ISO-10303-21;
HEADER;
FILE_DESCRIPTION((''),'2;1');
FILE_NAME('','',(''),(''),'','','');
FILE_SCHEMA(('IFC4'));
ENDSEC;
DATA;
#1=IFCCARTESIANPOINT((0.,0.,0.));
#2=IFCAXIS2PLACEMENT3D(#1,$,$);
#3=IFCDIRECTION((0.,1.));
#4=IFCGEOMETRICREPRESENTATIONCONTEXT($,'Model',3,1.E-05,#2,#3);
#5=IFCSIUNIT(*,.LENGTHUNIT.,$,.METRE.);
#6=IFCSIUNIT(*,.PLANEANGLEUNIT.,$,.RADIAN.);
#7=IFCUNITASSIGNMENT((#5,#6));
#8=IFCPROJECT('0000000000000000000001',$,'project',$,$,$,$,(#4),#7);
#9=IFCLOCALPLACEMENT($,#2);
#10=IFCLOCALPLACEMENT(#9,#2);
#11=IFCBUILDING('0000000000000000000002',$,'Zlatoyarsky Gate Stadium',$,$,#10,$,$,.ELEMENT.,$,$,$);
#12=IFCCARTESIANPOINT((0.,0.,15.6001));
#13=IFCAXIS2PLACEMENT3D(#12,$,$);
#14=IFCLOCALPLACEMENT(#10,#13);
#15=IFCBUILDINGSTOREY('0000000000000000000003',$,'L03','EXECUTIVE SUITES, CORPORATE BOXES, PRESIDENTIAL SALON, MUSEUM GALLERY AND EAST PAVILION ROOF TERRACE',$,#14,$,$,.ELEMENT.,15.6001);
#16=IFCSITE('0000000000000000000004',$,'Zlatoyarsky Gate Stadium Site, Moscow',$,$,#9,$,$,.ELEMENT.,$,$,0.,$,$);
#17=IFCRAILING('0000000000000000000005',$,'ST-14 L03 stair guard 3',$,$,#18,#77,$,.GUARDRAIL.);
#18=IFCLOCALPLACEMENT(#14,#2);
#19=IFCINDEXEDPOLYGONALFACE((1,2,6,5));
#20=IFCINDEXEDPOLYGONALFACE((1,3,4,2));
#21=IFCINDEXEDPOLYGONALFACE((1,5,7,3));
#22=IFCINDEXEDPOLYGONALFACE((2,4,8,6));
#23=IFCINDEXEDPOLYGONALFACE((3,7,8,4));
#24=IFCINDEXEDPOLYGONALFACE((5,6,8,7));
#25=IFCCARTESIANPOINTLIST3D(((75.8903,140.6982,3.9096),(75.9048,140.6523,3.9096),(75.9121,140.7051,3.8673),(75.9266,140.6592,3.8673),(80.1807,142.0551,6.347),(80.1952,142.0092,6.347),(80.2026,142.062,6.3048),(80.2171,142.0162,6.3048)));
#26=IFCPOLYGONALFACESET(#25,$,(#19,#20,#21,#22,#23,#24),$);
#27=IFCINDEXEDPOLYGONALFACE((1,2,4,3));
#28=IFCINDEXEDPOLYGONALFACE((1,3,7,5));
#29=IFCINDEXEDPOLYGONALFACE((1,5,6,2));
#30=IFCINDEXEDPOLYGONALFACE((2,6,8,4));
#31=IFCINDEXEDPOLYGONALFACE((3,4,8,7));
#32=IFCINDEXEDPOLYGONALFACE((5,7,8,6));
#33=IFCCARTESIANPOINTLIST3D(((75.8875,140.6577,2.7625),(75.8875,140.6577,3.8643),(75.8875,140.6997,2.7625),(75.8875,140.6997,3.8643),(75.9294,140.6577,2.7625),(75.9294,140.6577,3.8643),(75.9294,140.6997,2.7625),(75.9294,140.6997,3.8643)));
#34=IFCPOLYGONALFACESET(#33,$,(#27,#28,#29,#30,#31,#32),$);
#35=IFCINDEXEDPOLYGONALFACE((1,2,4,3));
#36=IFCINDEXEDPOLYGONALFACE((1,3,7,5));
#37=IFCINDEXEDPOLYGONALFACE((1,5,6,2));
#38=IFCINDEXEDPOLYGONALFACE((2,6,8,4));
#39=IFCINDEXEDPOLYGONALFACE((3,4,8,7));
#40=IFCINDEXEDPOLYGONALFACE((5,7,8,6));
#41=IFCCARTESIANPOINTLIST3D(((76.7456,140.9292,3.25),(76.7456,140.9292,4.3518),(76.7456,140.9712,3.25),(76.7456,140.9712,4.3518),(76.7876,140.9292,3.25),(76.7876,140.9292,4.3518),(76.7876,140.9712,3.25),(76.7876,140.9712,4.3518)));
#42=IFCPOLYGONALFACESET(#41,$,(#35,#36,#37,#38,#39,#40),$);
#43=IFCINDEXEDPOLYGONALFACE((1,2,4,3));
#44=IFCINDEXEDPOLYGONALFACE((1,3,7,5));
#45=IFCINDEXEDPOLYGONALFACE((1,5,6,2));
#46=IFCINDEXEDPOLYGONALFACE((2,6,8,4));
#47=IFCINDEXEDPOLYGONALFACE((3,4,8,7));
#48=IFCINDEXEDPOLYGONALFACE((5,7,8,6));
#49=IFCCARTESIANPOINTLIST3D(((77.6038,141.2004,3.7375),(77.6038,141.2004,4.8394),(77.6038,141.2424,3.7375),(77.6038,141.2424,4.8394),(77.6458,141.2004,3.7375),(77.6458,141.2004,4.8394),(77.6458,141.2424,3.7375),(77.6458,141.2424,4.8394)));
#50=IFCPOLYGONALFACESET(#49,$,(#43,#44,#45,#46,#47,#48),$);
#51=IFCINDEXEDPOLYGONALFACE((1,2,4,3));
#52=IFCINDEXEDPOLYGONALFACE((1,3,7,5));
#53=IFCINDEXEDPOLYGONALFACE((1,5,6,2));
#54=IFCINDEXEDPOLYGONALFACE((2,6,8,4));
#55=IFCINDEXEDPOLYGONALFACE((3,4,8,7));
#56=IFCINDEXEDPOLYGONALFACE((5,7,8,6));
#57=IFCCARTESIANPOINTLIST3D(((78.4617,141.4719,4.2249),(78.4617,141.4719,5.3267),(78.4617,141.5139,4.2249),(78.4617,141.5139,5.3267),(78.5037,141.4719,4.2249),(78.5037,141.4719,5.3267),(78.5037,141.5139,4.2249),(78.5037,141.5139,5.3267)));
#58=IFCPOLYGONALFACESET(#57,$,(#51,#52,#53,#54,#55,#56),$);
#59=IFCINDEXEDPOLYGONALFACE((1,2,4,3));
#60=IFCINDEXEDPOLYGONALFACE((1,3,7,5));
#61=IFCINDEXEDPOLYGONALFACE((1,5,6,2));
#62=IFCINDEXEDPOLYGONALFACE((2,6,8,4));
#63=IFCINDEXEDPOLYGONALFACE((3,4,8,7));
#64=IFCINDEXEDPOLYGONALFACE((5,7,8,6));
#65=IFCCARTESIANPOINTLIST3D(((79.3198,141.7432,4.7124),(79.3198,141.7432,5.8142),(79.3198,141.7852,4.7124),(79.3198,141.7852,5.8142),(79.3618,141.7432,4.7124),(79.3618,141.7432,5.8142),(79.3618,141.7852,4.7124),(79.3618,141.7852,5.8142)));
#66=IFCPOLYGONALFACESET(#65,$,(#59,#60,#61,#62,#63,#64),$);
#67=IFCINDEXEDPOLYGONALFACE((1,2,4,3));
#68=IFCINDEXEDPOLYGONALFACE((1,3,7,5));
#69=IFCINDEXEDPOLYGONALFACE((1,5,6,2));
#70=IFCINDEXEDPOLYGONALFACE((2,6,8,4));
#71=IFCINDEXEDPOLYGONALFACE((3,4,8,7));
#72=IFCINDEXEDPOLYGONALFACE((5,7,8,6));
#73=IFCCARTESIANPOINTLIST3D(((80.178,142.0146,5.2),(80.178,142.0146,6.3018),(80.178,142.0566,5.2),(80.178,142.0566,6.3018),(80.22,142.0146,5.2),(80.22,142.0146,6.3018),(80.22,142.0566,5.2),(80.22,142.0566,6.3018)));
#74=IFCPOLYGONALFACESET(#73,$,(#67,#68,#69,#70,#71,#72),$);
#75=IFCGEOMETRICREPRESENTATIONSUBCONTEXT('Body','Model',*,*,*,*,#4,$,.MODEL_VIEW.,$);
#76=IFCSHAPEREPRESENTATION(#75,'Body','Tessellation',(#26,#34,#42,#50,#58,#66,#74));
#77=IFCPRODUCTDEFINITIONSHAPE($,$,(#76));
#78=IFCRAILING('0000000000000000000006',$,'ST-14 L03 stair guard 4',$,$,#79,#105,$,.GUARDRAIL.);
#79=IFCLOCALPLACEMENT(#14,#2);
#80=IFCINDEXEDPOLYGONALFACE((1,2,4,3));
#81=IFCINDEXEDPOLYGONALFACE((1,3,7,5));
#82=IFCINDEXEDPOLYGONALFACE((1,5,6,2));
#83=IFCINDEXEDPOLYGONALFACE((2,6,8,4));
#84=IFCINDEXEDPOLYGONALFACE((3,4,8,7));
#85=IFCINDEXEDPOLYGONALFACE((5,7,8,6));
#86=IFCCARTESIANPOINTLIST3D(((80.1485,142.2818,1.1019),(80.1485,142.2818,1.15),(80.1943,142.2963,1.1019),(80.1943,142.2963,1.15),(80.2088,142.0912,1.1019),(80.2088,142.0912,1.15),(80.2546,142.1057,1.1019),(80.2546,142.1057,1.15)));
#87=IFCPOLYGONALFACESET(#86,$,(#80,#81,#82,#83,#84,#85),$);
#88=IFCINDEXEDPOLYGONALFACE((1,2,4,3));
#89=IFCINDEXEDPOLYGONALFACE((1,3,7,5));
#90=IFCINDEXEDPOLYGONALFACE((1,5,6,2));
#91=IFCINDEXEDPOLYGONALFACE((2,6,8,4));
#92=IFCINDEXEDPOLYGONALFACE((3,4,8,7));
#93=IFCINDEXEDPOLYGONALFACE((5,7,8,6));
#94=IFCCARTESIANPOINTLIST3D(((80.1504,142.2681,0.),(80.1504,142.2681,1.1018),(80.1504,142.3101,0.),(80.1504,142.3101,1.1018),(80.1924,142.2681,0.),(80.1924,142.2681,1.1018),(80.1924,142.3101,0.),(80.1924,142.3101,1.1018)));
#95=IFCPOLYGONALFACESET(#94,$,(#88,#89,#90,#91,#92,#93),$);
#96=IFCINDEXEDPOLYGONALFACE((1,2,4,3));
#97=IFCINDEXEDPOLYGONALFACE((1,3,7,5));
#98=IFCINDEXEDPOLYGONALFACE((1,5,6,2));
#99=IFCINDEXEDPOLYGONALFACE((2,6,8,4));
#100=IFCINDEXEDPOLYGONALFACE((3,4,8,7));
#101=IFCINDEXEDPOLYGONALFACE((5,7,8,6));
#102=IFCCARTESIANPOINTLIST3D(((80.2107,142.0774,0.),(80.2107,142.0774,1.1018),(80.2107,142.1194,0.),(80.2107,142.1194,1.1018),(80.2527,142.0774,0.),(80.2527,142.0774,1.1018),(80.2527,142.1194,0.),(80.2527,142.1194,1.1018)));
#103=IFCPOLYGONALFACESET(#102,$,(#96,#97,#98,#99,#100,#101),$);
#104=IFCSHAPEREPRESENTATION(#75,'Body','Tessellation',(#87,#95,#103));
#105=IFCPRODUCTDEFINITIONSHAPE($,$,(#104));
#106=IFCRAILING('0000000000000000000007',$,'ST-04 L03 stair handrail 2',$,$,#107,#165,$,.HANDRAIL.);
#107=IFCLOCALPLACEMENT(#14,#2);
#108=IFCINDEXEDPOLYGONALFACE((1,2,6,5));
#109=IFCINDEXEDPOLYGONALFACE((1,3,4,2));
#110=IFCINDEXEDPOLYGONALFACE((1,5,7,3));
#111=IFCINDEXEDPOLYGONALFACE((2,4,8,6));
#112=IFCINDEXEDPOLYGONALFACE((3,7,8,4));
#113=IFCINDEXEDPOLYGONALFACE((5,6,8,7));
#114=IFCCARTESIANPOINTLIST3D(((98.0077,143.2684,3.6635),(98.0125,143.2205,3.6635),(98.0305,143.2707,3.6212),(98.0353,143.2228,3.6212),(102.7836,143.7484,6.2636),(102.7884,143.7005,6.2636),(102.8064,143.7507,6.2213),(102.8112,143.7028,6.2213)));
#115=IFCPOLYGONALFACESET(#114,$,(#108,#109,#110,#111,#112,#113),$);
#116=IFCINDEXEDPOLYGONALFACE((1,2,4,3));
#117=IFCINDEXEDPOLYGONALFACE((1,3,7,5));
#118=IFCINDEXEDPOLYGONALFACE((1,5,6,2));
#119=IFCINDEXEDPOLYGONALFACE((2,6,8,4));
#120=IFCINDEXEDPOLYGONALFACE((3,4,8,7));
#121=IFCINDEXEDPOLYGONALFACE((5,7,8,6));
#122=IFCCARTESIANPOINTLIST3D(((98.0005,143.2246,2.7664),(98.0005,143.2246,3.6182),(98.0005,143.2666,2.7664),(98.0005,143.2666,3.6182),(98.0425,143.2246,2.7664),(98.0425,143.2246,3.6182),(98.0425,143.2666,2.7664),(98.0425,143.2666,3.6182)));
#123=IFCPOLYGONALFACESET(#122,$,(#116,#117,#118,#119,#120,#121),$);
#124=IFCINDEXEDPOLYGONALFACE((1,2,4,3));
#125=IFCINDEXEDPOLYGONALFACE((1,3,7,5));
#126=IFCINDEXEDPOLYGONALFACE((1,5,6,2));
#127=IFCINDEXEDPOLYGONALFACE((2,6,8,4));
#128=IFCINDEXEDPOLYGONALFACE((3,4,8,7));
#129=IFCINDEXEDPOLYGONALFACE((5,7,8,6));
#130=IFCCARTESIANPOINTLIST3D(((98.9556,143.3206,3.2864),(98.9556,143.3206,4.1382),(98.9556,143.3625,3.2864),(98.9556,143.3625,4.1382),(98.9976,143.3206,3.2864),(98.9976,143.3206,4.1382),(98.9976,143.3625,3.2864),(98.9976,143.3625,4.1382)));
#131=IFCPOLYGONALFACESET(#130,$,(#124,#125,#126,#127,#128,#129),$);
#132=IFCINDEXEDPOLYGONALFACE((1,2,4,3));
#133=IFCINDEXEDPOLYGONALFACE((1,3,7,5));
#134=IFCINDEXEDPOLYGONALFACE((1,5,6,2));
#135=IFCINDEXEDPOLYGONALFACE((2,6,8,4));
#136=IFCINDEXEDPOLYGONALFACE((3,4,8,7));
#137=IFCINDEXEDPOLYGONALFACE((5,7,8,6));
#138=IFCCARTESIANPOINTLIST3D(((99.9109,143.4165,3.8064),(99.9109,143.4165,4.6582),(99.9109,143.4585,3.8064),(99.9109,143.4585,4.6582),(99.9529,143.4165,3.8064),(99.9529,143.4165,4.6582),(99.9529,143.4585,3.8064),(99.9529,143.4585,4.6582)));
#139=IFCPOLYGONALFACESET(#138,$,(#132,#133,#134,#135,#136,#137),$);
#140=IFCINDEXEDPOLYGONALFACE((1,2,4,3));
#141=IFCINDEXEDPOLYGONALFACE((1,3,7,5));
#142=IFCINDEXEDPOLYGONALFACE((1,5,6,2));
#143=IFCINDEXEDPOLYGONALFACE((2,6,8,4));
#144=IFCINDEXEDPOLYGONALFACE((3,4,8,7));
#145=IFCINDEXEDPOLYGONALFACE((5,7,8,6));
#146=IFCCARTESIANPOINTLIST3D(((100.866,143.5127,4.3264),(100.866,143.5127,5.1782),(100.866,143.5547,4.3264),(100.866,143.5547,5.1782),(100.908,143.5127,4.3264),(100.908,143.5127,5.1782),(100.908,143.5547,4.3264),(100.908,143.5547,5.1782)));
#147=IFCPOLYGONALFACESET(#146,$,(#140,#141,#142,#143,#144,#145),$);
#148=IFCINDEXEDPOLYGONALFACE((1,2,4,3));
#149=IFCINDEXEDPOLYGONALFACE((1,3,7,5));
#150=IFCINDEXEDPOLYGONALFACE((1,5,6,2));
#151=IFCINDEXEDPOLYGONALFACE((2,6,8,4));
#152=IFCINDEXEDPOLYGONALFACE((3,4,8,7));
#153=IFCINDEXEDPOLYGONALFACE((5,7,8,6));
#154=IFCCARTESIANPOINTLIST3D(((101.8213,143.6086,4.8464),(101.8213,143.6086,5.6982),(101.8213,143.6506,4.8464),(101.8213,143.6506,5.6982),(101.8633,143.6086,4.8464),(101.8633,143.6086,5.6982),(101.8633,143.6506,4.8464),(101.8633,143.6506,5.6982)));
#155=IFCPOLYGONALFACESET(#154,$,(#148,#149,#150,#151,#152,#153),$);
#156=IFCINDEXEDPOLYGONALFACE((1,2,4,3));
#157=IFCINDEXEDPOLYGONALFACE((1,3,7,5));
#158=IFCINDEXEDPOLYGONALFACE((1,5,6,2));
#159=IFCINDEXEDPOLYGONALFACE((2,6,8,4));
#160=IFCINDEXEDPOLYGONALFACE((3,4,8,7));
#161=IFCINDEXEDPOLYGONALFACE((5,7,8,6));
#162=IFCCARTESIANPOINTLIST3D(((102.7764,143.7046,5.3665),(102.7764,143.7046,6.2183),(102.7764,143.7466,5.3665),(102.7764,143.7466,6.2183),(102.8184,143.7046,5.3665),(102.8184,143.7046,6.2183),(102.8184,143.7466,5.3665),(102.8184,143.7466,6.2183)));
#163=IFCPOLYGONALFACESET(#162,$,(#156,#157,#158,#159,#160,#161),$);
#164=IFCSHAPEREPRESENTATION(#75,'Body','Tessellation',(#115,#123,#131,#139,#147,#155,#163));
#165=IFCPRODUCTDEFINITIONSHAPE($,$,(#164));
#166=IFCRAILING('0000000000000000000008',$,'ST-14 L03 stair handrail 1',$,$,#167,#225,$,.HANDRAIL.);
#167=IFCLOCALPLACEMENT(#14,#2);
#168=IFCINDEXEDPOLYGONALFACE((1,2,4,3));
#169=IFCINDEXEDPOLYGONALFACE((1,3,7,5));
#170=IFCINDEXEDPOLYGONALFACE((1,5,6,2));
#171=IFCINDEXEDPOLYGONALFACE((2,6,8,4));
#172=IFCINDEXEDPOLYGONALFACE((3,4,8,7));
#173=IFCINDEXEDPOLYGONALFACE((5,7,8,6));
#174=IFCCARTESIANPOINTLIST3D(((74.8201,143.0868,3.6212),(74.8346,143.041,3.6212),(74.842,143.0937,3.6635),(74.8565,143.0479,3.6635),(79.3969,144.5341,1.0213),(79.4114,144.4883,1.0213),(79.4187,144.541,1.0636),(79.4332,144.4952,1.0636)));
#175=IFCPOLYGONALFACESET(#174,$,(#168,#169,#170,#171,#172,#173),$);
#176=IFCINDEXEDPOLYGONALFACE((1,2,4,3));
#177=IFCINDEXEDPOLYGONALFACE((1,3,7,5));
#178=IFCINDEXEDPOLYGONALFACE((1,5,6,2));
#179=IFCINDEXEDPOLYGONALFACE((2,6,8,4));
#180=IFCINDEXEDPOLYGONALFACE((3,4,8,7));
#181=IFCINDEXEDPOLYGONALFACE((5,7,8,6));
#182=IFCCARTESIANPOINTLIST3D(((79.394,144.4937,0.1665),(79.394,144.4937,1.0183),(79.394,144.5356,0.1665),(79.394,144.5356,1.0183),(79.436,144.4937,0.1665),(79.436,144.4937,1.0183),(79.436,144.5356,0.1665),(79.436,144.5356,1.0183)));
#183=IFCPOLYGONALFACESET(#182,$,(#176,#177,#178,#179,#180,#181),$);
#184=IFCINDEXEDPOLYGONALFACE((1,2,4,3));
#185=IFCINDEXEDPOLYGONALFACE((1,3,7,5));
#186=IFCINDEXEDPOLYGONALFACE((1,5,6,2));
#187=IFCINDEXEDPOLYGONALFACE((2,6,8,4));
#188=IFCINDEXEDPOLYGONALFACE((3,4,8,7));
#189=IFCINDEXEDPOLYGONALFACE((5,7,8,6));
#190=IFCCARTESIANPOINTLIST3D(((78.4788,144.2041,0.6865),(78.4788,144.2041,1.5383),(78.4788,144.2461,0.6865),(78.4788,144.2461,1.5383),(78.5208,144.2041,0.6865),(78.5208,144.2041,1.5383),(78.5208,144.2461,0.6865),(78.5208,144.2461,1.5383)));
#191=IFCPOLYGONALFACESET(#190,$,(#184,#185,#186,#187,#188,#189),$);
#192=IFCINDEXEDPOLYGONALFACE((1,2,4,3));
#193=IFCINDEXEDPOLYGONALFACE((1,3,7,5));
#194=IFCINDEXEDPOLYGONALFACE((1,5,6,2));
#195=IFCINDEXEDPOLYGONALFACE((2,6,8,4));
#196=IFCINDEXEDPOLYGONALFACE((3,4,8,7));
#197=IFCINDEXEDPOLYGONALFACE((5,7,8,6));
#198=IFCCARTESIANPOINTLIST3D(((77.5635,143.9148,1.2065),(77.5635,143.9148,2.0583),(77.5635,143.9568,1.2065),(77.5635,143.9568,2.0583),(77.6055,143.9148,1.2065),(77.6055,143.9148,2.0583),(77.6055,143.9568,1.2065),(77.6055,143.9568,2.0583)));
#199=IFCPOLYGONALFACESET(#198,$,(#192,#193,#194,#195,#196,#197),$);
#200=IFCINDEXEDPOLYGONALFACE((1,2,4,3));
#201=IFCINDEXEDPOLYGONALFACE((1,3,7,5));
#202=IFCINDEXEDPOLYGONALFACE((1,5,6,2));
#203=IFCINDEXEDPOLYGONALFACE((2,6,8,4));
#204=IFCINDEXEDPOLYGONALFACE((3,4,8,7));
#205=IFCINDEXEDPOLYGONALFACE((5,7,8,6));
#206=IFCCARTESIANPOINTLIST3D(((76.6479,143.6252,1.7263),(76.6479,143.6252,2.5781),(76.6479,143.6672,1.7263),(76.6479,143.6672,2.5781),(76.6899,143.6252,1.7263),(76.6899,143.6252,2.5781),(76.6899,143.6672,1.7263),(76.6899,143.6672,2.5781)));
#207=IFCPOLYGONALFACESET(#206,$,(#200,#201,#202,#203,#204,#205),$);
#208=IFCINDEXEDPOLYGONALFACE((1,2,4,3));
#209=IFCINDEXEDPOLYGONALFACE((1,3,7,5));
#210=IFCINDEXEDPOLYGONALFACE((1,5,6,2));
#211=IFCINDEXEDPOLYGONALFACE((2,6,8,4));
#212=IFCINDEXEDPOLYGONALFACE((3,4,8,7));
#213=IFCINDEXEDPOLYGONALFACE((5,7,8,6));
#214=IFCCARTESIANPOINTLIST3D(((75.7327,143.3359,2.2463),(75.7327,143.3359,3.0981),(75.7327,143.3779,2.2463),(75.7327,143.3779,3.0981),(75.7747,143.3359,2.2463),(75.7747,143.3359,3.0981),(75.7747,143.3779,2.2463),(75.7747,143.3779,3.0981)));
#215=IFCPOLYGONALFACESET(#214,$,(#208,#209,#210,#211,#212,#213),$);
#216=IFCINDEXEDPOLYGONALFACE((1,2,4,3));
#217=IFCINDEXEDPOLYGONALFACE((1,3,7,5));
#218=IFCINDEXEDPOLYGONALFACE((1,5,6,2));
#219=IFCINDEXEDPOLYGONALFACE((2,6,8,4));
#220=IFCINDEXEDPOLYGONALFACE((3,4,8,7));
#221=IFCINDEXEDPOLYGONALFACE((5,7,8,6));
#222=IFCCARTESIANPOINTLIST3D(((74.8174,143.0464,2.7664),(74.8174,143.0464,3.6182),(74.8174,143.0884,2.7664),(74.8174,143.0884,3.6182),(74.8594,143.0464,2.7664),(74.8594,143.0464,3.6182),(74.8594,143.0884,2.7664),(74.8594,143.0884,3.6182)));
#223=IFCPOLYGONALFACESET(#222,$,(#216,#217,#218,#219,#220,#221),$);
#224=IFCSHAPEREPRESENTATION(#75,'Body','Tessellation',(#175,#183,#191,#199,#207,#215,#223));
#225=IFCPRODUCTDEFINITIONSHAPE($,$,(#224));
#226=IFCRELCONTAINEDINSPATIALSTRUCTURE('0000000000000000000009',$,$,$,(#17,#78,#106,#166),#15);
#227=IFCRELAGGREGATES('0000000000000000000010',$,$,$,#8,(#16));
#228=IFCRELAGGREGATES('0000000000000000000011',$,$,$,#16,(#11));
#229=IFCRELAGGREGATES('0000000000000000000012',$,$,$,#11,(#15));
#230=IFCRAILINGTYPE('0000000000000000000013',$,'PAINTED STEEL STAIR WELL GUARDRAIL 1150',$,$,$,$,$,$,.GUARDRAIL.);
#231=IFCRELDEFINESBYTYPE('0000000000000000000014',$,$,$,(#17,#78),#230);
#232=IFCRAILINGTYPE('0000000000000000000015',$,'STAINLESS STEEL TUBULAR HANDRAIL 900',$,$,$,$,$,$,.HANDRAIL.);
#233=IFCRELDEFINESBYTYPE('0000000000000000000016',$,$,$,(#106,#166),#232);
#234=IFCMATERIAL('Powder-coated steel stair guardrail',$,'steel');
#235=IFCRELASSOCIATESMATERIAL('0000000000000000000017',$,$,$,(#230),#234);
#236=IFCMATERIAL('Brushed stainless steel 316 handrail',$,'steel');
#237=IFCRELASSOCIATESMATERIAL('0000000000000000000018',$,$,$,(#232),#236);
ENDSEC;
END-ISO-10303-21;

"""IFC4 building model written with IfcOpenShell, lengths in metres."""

from ifc_helpers import new_model, si_unit, direction, frame, origin, origin_2d, place, context, subcontext, project, spatial, rectangle, extrude, material, type_object, element, save


model = new_model("IFC4")

# Units and contexts
model_context = context("Model", 3, precision=1e-05, world=origin(), true_north=direction((0.0, 1.0)))
body_context = subcontext(model_context, "Body", "Model", "MODEL_VIEW")
ifc_project = project(units=[si_unit("LENGTHUNIT", "METRE"), si_unit("PLANEANGLEUNIT", "RADIAN")], contexts=[model_context])

# Site, building, storey
site_placement = place(None, origin())
site = spatial("IfcSite", under=ifc_project, at=site_placement, Name="Zlatoyarsky Gate Stadium Site, Moscow", CompositionType="ELEMENT", RefElevation=0.0)
building_placement = place(site_placement, origin())
building = spatial("IfcBuilding", under=site, at=building_placement, Name="Zlatoyarsky Gate Stadium", CompositionType="ELEMENT")
storey_placement = place(building_placement, frame((0.0, 0.0, 15.6001)))
storey = spatial("IfcBuildingStorey", under=building, at=storey_placement, Name="L03", Description="EXECUTIVE SUITES, CORPORATE BOXES, PRESIDENTIAL SALON, MUSEUM GALLERY AND EAST PAVILION ROOF TERRACE", CompositionType="ELEMENT", Elevation=15.6001)

# Railings
ifc_material_1 = material(Name="Powder-coated steel stair guardrail", Category="steel")
railing_type_1 = type_object("IfcRailingType", Name="PAINTED STEEL STAIR WELL GUARDRAIL 1150", PredefinedType="GUARDRAIL", material=ifc_material_1)
railing_1_placement = place(storey_placement, frame((75.9084, 140.6787, 2.7625)))
element("IfcRailing", 1, at=railing_1_placement, inside=storey, type_object=railing_type_1, Name="ST-14 L03 stair guard 3", PredefinedType="GUARDRAIL", context=body_context, shape_type="SweptSolid", body=[
    extrude(rectangle(XDim=0.0481, YDim=0.0481, at=origin_2d()), frame((0.0, 0.0, 1.126), z_axis=(0.838363, 0.265143, 0.476284), x_axis=(-0.301542, 0.953453, 0.0)), (0.0, 0.0, 1.0), 5.1177),
    extrude(rectangle(XDim=0.042, YDim=0.042, at=origin_2d()), origin(), (0.0, 0.0, 1.0), 1.1018),
    extrude(rectangle(XDim=0.042, YDim=0.042, at=origin_2d()), frame((0.8582, 0.2715, 0.4875)), (0.0, 0.0, 1.0), 1.1018),
    extrude(rectangle(XDim=0.042, YDim=0.042, at=origin_2d()), frame((1.7163, 0.5427, 0.9751)), (0.0, 0.0, 1.0), 1.1018),
    extrude(rectangle(XDim=0.042, YDim=0.042, at=origin_2d()), frame((2.5742, 0.8142, 1.4624)), (0.0, 0.0, 1.0), 1.1018),
    extrude(rectangle(XDim=0.042, YDim=0.042, at=origin_2d()), frame((3.4324, 1.0854, 1.95)), (0.0, 0.0, 1.0), 1.1018),
    extrude(rectangle(XDim=0.042, YDim=0.042, at=origin_2d()), frame((4.2905, 1.3569, 2.4375)), (0.0, 0.0, 1.0), 1.1018),
])
railing_2_placement = place(storey_placement, frame((80.1714, 142.2891, 0.0)))
element("IfcRailing", 2, at=railing_2_placement, inside=storey, type_object=railing_type_1, Name="ST-14 L03 stair guard 4", PredefinedType="GUARDRAIL", context=body_context, shape_type="SweptSolid", body=[
    extrude(rectangle(XDim=0.0481, YDim=0.0481, at=origin_2d()), frame((0.0, 0.0, 1.126), z_axis=(0.30154, -0.953453, 0.0), x_axis=(0.953453, 0.30154, 0.0)), (0.0, 0.0, 1.0), 0.2),
    extrude(rectangle(XDim=0.042, YDim=0.042, at=origin_2d()), origin(), (0.0, 0.0, 1.0), 1.1018),
    extrude(rectangle(XDim=0.042, YDim=0.042, at=origin_2d()), frame((0.0603, -0.1907, 0.0)), (0.0, 0.0, 1.0), 1.1018),
])
ifc_material_2 = material(Name="Brushed stainless steel 316 handrail", Category="steel")
railing_type_2 = type_object("IfcRailingType", Name="STAINLESS STEEL TUBULAR HANDRAIL 900", PredefinedType="HANDRAIL", material=ifc_material_2)
railing_3_placement = place(storey_placement, frame((98.0215, 143.2456, 2.7664)))
element("IfcRailing", 3, at=railing_3_placement, inside=storey, type_object=railing_type_2, Name="ST-04 L03 stair handrail 2", PredefinedType="HANDRAIL", context=body_context, shape_type="SweptSolid", body=[
    extrude(rectangle(XDim=0.0481, YDim=0.0481, at=origin_2d()), frame((0.0, 0.0, 0.876), z_axis=(0.874875, 0.087926, 0.476302), x_axis=(-0.099997, 0.994988, 0.0)), (0.0, 0.0, 1.0), 5.459),
    extrude(rectangle(XDim=0.042, YDim=0.042, at=origin_2d()), origin(), (0.0, 0.0, 1.0), 0.8518),
    extrude(rectangle(XDim=0.042, YDim=0.042, at=origin_2d()), frame((0.9551, 0.0959, 0.52)), (0.0, 0.0, 1.0), 0.8518),
    extrude(rectangle(XDim=0.042, YDim=0.042, at=origin_2d()), frame((1.9104, 0.1919, 1.04)), (0.0, 0.0, 1.0), 0.8518),
    extrude(rectangle(XDim=0.042, YDim=0.042, at=origin_2d()), frame((2.8655, 0.2881, 1.5601)), (0.0, 0.0, 1.0), 0.8518),
    extrude(rectangle(XDim=0.042, YDim=0.042, at=origin_2d()), frame((3.8208, 0.384, 2.0801)), (0.0, 0.0, 1.0), 0.8518),
    extrude(rectangle(XDim=0.042, YDim=0.042, at=origin_2d()), frame((4.7759, 0.48, 2.6001)), (0.0, 0.0, 1.0), 0.8518),
])
railing_4_placement = place(storey_placement, frame((79.415, 144.5146, 0.1665)))
element("IfcRailing", 4, at=railing_4_placement, inside=storey, type_object=railing_type_2, Name="ST-14 L03 stair handrail 1", PredefinedType="HANDRAIL", context=body_context, shape_type="SweptSolid", body=[
    extrude(rectangle(XDim=0.0481, YDim=0.0481, at=origin_2d()), frame((0.0, 0.0, 0.876), z_axis=(-0.838384, -0.26512, 0.476259), x_axis=(0.301511, -0.953463, 0.0)), (0.0, 0.0, 1.0), 5.459),
    extrude(rectangle(XDim=0.042, YDim=0.042, at=origin_2d()), origin(), (0.0, 0.0, 1.0), 0.8518),
    extrude(rectangle(XDim=0.042, YDim=0.042, at=origin_2d()), frame((-0.9153, -0.2896, 0.52)), (0.0, 0.0, 1.0), 0.8518),
    extrude(rectangle(XDim=0.042, YDim=0.042, at=origin_2d()), frame((-1.8306, -0.5789, 1.04)), (0.0, 0.0, 1.0), 0.8518),
    extrude(rectangle(XDim=0.042, YDim=0.042, at=origin_2d()), frame((-2.7461, -0.8684, 1.5598)), (0.0, 0.0, 1.0), 0.8518),
    extrude(rectangle(XDim=0.042, YDim=0.042, at=origin_2d()), frame((-3.6614, -1.1577, 2.0798)), (0.0, 0.0, 1.0), 0.8518),
    extrude(rectangle(XDim=0.042, YDim=0.042, at=origin_2d()), frame((-4.5767, -1.4473, 2.5999)), (0.0, 0.0, 1.0), 0.8518),
])

save(model, "model.ifc")
